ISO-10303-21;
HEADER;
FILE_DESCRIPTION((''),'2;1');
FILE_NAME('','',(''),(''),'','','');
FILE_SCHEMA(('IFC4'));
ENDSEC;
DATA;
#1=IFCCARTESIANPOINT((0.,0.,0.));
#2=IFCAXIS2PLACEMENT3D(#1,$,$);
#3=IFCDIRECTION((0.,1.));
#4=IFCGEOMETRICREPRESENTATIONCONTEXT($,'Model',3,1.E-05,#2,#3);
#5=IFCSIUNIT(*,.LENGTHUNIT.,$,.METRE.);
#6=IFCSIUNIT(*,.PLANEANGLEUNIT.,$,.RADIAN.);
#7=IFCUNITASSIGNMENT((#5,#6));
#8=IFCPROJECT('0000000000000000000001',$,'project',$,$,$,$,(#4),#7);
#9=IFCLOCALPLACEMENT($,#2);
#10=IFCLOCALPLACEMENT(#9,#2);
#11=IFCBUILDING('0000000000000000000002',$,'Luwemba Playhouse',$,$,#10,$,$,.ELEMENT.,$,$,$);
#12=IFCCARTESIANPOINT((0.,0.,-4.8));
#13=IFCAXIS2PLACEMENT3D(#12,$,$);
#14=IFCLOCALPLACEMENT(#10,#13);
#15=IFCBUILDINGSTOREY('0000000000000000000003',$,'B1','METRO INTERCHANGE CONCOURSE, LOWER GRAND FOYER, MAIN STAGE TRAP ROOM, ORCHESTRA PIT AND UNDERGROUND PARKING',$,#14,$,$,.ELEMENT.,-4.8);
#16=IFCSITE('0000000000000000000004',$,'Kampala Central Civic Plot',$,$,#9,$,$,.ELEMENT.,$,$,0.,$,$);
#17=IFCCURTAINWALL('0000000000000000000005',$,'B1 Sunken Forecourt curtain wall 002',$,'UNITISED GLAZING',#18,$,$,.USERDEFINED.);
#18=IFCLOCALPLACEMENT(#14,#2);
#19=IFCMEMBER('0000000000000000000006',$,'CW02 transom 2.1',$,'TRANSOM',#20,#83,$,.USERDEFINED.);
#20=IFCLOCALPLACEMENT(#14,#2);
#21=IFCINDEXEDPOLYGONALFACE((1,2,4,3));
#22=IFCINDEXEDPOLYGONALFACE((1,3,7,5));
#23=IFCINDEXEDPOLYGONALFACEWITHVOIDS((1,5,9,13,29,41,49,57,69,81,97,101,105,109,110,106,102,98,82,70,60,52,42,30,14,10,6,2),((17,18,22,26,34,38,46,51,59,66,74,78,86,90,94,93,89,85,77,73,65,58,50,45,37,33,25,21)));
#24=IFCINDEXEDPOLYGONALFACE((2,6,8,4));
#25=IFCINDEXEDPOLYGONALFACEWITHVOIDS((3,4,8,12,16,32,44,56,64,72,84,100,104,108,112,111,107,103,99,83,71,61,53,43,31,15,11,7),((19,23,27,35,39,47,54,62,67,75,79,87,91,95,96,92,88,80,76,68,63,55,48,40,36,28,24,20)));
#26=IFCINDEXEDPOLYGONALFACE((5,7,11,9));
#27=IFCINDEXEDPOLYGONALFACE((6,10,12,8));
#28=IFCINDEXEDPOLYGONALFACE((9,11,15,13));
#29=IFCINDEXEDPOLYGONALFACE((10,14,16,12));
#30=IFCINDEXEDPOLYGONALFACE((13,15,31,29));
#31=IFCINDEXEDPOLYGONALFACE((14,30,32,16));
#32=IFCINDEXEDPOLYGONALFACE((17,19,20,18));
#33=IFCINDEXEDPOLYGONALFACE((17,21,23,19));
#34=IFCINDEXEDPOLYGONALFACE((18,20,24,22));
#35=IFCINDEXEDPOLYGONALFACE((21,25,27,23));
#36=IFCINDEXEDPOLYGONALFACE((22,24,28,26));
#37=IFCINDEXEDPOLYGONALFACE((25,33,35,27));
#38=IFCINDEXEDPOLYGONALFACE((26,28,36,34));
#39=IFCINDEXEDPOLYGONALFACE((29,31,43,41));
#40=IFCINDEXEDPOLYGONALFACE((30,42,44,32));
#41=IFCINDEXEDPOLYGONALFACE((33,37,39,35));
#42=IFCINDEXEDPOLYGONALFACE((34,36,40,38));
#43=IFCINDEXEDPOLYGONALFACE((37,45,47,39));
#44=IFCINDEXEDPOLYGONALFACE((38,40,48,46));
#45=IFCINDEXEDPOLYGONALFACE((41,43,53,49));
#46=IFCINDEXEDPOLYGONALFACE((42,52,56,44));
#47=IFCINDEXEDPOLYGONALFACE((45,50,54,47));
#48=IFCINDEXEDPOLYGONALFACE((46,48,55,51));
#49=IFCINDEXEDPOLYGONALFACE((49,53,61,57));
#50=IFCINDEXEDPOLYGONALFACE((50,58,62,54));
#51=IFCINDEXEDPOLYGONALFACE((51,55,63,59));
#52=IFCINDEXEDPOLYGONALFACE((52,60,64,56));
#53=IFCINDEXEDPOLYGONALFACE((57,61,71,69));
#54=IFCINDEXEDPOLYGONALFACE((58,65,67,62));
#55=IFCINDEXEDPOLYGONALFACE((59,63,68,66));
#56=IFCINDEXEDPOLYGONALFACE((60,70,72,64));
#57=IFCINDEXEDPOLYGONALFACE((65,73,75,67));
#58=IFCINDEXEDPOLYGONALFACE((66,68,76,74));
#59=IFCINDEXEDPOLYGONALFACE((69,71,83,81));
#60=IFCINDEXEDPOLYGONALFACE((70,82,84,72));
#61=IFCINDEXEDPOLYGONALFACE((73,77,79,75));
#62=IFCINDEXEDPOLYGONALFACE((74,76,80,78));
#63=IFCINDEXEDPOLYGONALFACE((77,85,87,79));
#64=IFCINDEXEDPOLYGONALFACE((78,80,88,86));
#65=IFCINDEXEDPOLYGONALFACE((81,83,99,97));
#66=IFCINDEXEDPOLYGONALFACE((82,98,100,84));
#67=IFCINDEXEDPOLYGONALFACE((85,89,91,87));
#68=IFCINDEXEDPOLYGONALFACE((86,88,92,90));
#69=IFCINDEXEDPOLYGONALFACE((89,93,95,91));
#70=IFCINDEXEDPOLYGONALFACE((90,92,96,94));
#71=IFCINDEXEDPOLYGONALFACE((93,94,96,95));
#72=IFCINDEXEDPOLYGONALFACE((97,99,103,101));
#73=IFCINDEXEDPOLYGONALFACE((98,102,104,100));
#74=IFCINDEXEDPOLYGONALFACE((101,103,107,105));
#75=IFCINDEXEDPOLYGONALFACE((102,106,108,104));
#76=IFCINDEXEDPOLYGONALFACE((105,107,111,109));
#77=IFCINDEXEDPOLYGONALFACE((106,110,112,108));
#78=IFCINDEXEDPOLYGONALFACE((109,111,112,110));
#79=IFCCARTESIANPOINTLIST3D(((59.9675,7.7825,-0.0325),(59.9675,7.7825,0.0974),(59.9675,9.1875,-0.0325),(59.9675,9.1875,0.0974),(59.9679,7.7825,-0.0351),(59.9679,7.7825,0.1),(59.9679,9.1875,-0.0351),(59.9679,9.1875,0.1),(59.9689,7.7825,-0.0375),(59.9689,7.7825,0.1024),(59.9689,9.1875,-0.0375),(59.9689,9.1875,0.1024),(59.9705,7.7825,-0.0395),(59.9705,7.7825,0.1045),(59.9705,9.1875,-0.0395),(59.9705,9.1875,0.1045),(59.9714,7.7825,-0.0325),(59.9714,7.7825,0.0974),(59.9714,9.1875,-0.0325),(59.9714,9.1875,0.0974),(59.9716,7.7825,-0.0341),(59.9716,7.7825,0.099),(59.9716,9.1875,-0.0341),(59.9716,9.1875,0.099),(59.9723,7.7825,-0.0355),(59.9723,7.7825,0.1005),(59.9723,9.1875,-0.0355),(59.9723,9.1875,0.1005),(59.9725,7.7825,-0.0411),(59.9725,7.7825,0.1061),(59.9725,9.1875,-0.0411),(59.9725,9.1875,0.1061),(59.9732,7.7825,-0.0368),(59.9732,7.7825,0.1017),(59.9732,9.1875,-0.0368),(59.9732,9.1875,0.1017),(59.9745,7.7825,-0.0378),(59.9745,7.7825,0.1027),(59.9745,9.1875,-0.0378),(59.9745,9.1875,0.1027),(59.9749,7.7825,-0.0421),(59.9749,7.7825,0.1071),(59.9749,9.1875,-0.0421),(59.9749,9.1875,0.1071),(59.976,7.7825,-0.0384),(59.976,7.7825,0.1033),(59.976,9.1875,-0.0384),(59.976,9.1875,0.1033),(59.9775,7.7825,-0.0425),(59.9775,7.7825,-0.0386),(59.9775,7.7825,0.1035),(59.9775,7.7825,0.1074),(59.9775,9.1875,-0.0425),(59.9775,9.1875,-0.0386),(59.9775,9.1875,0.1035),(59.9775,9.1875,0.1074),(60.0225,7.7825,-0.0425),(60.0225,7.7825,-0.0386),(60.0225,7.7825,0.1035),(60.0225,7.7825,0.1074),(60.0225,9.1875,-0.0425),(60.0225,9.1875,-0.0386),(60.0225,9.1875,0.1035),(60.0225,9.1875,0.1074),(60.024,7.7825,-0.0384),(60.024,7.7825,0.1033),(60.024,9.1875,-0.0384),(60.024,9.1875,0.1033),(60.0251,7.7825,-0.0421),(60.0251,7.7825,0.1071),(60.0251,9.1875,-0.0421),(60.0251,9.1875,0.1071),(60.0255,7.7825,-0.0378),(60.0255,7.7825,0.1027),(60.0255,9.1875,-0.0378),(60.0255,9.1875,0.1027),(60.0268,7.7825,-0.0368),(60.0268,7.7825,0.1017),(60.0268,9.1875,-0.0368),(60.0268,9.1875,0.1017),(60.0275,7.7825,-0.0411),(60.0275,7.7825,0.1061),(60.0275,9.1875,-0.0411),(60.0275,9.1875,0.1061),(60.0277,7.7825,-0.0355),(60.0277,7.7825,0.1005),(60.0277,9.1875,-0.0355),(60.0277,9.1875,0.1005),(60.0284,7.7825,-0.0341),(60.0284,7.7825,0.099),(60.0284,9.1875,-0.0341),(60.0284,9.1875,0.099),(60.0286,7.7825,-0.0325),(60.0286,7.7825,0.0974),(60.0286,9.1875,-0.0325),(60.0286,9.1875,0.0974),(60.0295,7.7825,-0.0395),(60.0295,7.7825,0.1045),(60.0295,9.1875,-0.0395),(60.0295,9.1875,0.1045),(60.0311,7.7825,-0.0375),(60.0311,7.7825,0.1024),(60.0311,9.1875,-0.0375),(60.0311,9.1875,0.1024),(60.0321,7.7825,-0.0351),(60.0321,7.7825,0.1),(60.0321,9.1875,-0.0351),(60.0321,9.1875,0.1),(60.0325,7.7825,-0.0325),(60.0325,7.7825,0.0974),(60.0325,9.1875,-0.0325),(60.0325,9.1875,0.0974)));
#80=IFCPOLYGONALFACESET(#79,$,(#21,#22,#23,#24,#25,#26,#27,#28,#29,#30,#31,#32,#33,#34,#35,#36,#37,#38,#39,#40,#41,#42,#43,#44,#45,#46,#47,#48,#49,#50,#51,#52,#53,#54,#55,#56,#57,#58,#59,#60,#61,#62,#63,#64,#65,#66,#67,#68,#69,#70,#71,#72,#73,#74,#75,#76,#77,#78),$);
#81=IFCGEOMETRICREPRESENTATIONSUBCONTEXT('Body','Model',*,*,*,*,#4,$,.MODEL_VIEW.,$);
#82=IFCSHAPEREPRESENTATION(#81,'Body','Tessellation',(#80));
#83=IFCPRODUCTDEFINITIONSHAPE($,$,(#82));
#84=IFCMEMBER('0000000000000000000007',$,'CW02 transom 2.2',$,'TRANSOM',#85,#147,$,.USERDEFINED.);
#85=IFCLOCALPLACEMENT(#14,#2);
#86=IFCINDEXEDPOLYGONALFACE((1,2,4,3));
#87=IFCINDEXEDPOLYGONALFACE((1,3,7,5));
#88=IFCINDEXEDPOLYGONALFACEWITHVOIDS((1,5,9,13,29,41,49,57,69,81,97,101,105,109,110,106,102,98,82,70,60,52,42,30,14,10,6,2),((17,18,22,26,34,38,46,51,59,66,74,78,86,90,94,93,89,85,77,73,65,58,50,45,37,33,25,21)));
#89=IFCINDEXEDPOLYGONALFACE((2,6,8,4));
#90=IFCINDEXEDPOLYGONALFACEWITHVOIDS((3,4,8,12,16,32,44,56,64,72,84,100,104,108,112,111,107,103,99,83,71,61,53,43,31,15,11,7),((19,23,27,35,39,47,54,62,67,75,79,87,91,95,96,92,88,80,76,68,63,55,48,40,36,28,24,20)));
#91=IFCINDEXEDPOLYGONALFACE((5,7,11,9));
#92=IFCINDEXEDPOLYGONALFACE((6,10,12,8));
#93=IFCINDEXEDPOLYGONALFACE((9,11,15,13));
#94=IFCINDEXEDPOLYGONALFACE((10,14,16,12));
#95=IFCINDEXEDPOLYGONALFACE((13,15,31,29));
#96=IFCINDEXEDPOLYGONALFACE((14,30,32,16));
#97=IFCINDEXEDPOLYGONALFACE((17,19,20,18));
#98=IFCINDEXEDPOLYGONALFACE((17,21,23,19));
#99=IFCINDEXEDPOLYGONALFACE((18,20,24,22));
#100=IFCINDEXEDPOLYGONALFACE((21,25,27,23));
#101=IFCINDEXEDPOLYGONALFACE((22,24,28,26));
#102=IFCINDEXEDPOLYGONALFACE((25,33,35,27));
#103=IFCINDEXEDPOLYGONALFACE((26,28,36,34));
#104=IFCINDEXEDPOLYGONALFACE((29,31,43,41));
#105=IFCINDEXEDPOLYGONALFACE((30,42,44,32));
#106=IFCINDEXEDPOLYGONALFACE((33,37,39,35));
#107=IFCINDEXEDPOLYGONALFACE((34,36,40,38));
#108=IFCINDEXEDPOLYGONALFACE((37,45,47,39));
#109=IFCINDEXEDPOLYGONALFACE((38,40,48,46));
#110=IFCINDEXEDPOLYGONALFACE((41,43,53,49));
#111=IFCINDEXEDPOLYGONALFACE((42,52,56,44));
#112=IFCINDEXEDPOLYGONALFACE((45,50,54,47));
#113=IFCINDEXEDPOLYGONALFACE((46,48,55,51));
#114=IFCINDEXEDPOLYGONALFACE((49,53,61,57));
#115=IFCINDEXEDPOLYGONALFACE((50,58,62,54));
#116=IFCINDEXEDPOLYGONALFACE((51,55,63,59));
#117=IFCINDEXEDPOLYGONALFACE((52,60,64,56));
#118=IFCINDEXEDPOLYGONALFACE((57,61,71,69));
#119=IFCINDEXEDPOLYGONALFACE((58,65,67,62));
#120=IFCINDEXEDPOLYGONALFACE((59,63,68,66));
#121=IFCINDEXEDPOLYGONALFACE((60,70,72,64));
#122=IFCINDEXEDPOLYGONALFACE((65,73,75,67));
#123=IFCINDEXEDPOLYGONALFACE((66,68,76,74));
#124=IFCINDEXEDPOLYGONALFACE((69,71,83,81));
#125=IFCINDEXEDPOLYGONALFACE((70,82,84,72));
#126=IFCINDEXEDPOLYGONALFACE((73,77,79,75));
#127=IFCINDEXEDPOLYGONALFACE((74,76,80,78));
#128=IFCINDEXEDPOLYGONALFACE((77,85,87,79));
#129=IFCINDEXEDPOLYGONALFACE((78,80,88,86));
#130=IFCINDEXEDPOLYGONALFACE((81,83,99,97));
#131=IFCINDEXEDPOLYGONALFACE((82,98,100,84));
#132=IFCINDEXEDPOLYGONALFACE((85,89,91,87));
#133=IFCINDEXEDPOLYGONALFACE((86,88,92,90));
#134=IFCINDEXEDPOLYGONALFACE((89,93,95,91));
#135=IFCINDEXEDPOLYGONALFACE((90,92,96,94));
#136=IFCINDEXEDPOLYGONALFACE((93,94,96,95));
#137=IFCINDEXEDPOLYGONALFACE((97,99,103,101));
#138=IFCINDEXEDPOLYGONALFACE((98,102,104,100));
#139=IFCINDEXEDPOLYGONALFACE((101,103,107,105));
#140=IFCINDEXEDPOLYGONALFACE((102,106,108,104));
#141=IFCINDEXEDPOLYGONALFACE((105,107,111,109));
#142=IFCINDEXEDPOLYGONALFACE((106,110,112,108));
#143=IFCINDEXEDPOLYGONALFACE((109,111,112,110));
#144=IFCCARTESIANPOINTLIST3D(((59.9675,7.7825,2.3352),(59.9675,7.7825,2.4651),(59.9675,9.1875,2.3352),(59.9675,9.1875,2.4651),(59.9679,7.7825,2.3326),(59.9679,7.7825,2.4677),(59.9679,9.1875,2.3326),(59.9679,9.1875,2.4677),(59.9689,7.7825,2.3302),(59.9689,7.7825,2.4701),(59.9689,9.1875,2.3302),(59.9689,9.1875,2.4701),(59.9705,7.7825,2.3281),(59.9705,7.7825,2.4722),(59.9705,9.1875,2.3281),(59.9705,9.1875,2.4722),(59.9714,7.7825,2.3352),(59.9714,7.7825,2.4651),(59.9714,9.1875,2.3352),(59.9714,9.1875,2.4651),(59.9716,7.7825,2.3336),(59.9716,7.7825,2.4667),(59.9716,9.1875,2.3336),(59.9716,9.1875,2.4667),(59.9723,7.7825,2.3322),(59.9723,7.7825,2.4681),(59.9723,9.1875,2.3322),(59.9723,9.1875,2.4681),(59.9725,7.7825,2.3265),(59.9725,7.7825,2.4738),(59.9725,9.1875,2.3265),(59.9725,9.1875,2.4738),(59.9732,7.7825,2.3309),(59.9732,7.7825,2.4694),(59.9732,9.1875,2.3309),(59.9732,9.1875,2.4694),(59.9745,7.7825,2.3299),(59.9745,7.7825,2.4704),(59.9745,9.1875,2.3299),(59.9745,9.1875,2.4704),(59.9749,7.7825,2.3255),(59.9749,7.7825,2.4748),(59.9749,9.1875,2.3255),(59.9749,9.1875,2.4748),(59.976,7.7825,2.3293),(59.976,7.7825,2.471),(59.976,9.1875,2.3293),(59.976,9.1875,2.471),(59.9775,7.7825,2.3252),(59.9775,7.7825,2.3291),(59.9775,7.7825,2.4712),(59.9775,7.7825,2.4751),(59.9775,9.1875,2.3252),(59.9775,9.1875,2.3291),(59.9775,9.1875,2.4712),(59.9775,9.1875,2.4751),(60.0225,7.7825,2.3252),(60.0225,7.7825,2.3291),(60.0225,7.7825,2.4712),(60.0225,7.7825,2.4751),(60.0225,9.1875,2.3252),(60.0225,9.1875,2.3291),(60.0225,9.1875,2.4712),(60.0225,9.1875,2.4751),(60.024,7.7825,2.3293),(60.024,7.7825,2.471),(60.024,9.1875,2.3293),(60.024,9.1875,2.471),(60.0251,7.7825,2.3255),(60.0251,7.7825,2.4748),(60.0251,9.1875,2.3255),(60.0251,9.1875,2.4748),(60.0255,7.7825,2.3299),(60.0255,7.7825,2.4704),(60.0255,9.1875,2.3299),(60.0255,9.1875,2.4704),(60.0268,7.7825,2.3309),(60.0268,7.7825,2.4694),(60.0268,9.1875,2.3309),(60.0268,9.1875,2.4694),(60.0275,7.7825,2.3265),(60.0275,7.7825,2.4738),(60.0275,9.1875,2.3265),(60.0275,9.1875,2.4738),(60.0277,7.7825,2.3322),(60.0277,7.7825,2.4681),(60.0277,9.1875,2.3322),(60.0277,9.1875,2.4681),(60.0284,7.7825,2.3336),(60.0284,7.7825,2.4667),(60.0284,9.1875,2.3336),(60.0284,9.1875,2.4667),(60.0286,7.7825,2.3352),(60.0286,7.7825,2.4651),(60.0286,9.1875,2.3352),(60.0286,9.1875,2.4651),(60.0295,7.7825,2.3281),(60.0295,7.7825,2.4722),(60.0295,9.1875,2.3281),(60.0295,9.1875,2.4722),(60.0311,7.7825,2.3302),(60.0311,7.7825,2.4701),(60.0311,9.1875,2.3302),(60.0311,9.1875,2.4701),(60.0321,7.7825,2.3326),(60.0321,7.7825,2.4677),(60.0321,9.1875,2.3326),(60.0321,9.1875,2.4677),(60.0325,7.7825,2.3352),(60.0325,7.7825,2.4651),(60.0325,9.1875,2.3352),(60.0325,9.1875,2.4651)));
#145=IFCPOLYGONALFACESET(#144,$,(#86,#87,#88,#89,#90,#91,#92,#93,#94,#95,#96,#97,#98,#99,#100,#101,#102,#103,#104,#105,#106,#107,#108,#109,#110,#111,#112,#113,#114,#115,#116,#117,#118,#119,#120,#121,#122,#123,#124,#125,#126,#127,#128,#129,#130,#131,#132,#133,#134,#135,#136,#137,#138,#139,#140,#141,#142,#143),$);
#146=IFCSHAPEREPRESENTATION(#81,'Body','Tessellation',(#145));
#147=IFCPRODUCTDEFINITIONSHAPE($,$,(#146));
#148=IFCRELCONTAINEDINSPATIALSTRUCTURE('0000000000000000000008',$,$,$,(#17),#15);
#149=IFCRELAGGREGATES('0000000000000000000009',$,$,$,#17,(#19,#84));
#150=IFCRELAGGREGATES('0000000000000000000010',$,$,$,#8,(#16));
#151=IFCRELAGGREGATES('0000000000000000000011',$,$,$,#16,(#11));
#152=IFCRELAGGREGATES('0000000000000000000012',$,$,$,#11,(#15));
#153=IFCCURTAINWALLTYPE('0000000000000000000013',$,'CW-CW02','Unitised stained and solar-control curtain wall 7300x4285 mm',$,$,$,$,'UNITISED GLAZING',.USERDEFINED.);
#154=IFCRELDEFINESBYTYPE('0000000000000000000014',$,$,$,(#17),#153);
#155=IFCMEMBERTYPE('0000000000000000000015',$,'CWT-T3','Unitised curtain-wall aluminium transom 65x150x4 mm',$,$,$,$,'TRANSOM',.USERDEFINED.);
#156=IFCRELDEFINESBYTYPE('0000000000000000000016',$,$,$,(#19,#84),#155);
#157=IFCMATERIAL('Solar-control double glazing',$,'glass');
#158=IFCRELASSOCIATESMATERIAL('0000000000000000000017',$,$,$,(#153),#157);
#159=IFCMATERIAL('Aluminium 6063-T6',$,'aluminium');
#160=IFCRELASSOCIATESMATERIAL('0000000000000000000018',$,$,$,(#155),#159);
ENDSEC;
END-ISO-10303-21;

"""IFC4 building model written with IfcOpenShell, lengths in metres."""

from ifc_helpers import new_model, si_unit, direction, frame, origin, origin_2d, place, context, subcontext, project, spatial, hollow_rectangle, extrude, material, material_profile, profile_set, type_object, element, aggregate, save


model = new_model("IFC4")

# Units and contexts
model_context = context("Model", 3, precision=1e-05, world=origin(), true_north=direction((0.0, 1.0)))
body_context = subcontext(model_context, "Body", "Model", "MODEL_VIEW")
ifc_project = project(units=[si_unit("LENGTHUNIT", "METRE"), si_unit("PLANEANGLEUNIT", "RADIAN")], contexts=[model_context])

# Site, building, storey
site_placement = place(None, origin())
site = spatial("IfcSite", under=ifc_project, at=site_placement, Name="Kampala Central Civic Plot", CompositionType="ELEMENT", RefElevation=0.0)
building_placement = place(site_placement, origin())
building = spatial("IfcBuilding", under=site, at=building_placement, Name="Luwemba Playhouse", CompositionType="ELEMENT")
storey_placement = place(building_placement, frame((0.0, 0.0, -4.8)))
storey = spatial("IfcBuildingStorey", under=building, at=storey_placement, Name="B1", Description="METRO INTERCHANGE CONCOURSE, LOWER GRAND FOYER, MAIN STAGE TRAP ROOM, ORCHESTRA PIT AND UNDERGROUND PARKING", CompositionType="ELEMENT", Elevation=-4.8)

# Curtain wall, members
ifc_material_1 = material(Name="Solar-control double glazing", Category="glass")
curtain_wall_type = type_object("IfcCurtainWallType", Name="CW-CW02", Description="Unitised stained and solar-control curtain wall 7300x4285 mm", ElementType="UNITISED GLAZING", PredefinedType="USERDEFINED", material=ifc_material_1)
curtain_wall_placement = place(storey_placement, origin())
curtain_wall = element("IfcCurtainWall", 1, at=curtain_wall_placement, inside=storey, type_object=curtain_wall_type, Name="B1 Sunken Forecourt curtain wall 002", ObjectType="UNITISED GLAZING", PredefinedType="USERDEFINED")
ifc_material_2 = material(Name="Aluminium 6063-T6", Category="aluminium")
ifc_material_profile_1 = material_profile(ifc_material_2, hollow_rectangle(XDim=0.0649, YDim=0.1499, WallThickness=0.0039, InnerFilletRadius=0.0061, OuterFilletRadius=0.01, at=origin_2d()))
ifc_profile_set_1 = profile_set([ifc_material_profile_1], Name="Aluminium 6063-T6")
member_type_1 = type_object("IfcMemberType", Name="CWT-T3", Description="Unitised curtain-wall aluminium transom 65x150x4 mm", ElementType="TRANSOM", PredefinedType="USERDEFINED", material=ifc_profile_set_1)
member_1_placement = place(storey_placement, frame((60.0, 9.1875, 0.0325), z_axis=(0.0, -1.0, 0.0), x_axis=(1.0, 0.0, 0.0)))
member_1 = element("IfcMember", 2, at=member_1_placement, type_object=member_type_1, Name="CW02 transom 2.1", ObjectType="TRANSOM", PredefinedType="USERDEFINED", context=body_context, shape_type="SweptSolid", body=[
    extrude(hollow_rectangle(XDim=0.0649, YDim=0.1499, WallThickness=0.0039, InnerFilletRadius=0.0061, OuterFilletRadius=0.01, at=origin_2d()), origin(), (0.0, 0.0, 1.0), 1.405),
])
member_2_placement = place(storey_placement, frame((60.0, 9.1875, 2.4001), z_axis=(0.0, -1.0, 0.0), x_axis=(1.0, 0.0, 0.0)))
member_2 = element("IfcMember", 3, at=member_2_placement, type_object=member_type_1, Name="CW02 transom 2.2", ObjectType="TRANSOM", PredefinedType="USERDEFINED", context=body_context, shape_type="SweptSolid", body=[
    extrude(hollow_rectangle(XDim=0.0649, YDim=0.1499, WallThickness=0.0039, InnerFilletRadius=0.0061, OuterFilletRadius=0.01, at=origin_2d()), origin(), (0.0, 0.0, 1.0), 1.405),
])
aggregate(curtain_wall, [member_1, member_2])

save(model, "model.ifc")
